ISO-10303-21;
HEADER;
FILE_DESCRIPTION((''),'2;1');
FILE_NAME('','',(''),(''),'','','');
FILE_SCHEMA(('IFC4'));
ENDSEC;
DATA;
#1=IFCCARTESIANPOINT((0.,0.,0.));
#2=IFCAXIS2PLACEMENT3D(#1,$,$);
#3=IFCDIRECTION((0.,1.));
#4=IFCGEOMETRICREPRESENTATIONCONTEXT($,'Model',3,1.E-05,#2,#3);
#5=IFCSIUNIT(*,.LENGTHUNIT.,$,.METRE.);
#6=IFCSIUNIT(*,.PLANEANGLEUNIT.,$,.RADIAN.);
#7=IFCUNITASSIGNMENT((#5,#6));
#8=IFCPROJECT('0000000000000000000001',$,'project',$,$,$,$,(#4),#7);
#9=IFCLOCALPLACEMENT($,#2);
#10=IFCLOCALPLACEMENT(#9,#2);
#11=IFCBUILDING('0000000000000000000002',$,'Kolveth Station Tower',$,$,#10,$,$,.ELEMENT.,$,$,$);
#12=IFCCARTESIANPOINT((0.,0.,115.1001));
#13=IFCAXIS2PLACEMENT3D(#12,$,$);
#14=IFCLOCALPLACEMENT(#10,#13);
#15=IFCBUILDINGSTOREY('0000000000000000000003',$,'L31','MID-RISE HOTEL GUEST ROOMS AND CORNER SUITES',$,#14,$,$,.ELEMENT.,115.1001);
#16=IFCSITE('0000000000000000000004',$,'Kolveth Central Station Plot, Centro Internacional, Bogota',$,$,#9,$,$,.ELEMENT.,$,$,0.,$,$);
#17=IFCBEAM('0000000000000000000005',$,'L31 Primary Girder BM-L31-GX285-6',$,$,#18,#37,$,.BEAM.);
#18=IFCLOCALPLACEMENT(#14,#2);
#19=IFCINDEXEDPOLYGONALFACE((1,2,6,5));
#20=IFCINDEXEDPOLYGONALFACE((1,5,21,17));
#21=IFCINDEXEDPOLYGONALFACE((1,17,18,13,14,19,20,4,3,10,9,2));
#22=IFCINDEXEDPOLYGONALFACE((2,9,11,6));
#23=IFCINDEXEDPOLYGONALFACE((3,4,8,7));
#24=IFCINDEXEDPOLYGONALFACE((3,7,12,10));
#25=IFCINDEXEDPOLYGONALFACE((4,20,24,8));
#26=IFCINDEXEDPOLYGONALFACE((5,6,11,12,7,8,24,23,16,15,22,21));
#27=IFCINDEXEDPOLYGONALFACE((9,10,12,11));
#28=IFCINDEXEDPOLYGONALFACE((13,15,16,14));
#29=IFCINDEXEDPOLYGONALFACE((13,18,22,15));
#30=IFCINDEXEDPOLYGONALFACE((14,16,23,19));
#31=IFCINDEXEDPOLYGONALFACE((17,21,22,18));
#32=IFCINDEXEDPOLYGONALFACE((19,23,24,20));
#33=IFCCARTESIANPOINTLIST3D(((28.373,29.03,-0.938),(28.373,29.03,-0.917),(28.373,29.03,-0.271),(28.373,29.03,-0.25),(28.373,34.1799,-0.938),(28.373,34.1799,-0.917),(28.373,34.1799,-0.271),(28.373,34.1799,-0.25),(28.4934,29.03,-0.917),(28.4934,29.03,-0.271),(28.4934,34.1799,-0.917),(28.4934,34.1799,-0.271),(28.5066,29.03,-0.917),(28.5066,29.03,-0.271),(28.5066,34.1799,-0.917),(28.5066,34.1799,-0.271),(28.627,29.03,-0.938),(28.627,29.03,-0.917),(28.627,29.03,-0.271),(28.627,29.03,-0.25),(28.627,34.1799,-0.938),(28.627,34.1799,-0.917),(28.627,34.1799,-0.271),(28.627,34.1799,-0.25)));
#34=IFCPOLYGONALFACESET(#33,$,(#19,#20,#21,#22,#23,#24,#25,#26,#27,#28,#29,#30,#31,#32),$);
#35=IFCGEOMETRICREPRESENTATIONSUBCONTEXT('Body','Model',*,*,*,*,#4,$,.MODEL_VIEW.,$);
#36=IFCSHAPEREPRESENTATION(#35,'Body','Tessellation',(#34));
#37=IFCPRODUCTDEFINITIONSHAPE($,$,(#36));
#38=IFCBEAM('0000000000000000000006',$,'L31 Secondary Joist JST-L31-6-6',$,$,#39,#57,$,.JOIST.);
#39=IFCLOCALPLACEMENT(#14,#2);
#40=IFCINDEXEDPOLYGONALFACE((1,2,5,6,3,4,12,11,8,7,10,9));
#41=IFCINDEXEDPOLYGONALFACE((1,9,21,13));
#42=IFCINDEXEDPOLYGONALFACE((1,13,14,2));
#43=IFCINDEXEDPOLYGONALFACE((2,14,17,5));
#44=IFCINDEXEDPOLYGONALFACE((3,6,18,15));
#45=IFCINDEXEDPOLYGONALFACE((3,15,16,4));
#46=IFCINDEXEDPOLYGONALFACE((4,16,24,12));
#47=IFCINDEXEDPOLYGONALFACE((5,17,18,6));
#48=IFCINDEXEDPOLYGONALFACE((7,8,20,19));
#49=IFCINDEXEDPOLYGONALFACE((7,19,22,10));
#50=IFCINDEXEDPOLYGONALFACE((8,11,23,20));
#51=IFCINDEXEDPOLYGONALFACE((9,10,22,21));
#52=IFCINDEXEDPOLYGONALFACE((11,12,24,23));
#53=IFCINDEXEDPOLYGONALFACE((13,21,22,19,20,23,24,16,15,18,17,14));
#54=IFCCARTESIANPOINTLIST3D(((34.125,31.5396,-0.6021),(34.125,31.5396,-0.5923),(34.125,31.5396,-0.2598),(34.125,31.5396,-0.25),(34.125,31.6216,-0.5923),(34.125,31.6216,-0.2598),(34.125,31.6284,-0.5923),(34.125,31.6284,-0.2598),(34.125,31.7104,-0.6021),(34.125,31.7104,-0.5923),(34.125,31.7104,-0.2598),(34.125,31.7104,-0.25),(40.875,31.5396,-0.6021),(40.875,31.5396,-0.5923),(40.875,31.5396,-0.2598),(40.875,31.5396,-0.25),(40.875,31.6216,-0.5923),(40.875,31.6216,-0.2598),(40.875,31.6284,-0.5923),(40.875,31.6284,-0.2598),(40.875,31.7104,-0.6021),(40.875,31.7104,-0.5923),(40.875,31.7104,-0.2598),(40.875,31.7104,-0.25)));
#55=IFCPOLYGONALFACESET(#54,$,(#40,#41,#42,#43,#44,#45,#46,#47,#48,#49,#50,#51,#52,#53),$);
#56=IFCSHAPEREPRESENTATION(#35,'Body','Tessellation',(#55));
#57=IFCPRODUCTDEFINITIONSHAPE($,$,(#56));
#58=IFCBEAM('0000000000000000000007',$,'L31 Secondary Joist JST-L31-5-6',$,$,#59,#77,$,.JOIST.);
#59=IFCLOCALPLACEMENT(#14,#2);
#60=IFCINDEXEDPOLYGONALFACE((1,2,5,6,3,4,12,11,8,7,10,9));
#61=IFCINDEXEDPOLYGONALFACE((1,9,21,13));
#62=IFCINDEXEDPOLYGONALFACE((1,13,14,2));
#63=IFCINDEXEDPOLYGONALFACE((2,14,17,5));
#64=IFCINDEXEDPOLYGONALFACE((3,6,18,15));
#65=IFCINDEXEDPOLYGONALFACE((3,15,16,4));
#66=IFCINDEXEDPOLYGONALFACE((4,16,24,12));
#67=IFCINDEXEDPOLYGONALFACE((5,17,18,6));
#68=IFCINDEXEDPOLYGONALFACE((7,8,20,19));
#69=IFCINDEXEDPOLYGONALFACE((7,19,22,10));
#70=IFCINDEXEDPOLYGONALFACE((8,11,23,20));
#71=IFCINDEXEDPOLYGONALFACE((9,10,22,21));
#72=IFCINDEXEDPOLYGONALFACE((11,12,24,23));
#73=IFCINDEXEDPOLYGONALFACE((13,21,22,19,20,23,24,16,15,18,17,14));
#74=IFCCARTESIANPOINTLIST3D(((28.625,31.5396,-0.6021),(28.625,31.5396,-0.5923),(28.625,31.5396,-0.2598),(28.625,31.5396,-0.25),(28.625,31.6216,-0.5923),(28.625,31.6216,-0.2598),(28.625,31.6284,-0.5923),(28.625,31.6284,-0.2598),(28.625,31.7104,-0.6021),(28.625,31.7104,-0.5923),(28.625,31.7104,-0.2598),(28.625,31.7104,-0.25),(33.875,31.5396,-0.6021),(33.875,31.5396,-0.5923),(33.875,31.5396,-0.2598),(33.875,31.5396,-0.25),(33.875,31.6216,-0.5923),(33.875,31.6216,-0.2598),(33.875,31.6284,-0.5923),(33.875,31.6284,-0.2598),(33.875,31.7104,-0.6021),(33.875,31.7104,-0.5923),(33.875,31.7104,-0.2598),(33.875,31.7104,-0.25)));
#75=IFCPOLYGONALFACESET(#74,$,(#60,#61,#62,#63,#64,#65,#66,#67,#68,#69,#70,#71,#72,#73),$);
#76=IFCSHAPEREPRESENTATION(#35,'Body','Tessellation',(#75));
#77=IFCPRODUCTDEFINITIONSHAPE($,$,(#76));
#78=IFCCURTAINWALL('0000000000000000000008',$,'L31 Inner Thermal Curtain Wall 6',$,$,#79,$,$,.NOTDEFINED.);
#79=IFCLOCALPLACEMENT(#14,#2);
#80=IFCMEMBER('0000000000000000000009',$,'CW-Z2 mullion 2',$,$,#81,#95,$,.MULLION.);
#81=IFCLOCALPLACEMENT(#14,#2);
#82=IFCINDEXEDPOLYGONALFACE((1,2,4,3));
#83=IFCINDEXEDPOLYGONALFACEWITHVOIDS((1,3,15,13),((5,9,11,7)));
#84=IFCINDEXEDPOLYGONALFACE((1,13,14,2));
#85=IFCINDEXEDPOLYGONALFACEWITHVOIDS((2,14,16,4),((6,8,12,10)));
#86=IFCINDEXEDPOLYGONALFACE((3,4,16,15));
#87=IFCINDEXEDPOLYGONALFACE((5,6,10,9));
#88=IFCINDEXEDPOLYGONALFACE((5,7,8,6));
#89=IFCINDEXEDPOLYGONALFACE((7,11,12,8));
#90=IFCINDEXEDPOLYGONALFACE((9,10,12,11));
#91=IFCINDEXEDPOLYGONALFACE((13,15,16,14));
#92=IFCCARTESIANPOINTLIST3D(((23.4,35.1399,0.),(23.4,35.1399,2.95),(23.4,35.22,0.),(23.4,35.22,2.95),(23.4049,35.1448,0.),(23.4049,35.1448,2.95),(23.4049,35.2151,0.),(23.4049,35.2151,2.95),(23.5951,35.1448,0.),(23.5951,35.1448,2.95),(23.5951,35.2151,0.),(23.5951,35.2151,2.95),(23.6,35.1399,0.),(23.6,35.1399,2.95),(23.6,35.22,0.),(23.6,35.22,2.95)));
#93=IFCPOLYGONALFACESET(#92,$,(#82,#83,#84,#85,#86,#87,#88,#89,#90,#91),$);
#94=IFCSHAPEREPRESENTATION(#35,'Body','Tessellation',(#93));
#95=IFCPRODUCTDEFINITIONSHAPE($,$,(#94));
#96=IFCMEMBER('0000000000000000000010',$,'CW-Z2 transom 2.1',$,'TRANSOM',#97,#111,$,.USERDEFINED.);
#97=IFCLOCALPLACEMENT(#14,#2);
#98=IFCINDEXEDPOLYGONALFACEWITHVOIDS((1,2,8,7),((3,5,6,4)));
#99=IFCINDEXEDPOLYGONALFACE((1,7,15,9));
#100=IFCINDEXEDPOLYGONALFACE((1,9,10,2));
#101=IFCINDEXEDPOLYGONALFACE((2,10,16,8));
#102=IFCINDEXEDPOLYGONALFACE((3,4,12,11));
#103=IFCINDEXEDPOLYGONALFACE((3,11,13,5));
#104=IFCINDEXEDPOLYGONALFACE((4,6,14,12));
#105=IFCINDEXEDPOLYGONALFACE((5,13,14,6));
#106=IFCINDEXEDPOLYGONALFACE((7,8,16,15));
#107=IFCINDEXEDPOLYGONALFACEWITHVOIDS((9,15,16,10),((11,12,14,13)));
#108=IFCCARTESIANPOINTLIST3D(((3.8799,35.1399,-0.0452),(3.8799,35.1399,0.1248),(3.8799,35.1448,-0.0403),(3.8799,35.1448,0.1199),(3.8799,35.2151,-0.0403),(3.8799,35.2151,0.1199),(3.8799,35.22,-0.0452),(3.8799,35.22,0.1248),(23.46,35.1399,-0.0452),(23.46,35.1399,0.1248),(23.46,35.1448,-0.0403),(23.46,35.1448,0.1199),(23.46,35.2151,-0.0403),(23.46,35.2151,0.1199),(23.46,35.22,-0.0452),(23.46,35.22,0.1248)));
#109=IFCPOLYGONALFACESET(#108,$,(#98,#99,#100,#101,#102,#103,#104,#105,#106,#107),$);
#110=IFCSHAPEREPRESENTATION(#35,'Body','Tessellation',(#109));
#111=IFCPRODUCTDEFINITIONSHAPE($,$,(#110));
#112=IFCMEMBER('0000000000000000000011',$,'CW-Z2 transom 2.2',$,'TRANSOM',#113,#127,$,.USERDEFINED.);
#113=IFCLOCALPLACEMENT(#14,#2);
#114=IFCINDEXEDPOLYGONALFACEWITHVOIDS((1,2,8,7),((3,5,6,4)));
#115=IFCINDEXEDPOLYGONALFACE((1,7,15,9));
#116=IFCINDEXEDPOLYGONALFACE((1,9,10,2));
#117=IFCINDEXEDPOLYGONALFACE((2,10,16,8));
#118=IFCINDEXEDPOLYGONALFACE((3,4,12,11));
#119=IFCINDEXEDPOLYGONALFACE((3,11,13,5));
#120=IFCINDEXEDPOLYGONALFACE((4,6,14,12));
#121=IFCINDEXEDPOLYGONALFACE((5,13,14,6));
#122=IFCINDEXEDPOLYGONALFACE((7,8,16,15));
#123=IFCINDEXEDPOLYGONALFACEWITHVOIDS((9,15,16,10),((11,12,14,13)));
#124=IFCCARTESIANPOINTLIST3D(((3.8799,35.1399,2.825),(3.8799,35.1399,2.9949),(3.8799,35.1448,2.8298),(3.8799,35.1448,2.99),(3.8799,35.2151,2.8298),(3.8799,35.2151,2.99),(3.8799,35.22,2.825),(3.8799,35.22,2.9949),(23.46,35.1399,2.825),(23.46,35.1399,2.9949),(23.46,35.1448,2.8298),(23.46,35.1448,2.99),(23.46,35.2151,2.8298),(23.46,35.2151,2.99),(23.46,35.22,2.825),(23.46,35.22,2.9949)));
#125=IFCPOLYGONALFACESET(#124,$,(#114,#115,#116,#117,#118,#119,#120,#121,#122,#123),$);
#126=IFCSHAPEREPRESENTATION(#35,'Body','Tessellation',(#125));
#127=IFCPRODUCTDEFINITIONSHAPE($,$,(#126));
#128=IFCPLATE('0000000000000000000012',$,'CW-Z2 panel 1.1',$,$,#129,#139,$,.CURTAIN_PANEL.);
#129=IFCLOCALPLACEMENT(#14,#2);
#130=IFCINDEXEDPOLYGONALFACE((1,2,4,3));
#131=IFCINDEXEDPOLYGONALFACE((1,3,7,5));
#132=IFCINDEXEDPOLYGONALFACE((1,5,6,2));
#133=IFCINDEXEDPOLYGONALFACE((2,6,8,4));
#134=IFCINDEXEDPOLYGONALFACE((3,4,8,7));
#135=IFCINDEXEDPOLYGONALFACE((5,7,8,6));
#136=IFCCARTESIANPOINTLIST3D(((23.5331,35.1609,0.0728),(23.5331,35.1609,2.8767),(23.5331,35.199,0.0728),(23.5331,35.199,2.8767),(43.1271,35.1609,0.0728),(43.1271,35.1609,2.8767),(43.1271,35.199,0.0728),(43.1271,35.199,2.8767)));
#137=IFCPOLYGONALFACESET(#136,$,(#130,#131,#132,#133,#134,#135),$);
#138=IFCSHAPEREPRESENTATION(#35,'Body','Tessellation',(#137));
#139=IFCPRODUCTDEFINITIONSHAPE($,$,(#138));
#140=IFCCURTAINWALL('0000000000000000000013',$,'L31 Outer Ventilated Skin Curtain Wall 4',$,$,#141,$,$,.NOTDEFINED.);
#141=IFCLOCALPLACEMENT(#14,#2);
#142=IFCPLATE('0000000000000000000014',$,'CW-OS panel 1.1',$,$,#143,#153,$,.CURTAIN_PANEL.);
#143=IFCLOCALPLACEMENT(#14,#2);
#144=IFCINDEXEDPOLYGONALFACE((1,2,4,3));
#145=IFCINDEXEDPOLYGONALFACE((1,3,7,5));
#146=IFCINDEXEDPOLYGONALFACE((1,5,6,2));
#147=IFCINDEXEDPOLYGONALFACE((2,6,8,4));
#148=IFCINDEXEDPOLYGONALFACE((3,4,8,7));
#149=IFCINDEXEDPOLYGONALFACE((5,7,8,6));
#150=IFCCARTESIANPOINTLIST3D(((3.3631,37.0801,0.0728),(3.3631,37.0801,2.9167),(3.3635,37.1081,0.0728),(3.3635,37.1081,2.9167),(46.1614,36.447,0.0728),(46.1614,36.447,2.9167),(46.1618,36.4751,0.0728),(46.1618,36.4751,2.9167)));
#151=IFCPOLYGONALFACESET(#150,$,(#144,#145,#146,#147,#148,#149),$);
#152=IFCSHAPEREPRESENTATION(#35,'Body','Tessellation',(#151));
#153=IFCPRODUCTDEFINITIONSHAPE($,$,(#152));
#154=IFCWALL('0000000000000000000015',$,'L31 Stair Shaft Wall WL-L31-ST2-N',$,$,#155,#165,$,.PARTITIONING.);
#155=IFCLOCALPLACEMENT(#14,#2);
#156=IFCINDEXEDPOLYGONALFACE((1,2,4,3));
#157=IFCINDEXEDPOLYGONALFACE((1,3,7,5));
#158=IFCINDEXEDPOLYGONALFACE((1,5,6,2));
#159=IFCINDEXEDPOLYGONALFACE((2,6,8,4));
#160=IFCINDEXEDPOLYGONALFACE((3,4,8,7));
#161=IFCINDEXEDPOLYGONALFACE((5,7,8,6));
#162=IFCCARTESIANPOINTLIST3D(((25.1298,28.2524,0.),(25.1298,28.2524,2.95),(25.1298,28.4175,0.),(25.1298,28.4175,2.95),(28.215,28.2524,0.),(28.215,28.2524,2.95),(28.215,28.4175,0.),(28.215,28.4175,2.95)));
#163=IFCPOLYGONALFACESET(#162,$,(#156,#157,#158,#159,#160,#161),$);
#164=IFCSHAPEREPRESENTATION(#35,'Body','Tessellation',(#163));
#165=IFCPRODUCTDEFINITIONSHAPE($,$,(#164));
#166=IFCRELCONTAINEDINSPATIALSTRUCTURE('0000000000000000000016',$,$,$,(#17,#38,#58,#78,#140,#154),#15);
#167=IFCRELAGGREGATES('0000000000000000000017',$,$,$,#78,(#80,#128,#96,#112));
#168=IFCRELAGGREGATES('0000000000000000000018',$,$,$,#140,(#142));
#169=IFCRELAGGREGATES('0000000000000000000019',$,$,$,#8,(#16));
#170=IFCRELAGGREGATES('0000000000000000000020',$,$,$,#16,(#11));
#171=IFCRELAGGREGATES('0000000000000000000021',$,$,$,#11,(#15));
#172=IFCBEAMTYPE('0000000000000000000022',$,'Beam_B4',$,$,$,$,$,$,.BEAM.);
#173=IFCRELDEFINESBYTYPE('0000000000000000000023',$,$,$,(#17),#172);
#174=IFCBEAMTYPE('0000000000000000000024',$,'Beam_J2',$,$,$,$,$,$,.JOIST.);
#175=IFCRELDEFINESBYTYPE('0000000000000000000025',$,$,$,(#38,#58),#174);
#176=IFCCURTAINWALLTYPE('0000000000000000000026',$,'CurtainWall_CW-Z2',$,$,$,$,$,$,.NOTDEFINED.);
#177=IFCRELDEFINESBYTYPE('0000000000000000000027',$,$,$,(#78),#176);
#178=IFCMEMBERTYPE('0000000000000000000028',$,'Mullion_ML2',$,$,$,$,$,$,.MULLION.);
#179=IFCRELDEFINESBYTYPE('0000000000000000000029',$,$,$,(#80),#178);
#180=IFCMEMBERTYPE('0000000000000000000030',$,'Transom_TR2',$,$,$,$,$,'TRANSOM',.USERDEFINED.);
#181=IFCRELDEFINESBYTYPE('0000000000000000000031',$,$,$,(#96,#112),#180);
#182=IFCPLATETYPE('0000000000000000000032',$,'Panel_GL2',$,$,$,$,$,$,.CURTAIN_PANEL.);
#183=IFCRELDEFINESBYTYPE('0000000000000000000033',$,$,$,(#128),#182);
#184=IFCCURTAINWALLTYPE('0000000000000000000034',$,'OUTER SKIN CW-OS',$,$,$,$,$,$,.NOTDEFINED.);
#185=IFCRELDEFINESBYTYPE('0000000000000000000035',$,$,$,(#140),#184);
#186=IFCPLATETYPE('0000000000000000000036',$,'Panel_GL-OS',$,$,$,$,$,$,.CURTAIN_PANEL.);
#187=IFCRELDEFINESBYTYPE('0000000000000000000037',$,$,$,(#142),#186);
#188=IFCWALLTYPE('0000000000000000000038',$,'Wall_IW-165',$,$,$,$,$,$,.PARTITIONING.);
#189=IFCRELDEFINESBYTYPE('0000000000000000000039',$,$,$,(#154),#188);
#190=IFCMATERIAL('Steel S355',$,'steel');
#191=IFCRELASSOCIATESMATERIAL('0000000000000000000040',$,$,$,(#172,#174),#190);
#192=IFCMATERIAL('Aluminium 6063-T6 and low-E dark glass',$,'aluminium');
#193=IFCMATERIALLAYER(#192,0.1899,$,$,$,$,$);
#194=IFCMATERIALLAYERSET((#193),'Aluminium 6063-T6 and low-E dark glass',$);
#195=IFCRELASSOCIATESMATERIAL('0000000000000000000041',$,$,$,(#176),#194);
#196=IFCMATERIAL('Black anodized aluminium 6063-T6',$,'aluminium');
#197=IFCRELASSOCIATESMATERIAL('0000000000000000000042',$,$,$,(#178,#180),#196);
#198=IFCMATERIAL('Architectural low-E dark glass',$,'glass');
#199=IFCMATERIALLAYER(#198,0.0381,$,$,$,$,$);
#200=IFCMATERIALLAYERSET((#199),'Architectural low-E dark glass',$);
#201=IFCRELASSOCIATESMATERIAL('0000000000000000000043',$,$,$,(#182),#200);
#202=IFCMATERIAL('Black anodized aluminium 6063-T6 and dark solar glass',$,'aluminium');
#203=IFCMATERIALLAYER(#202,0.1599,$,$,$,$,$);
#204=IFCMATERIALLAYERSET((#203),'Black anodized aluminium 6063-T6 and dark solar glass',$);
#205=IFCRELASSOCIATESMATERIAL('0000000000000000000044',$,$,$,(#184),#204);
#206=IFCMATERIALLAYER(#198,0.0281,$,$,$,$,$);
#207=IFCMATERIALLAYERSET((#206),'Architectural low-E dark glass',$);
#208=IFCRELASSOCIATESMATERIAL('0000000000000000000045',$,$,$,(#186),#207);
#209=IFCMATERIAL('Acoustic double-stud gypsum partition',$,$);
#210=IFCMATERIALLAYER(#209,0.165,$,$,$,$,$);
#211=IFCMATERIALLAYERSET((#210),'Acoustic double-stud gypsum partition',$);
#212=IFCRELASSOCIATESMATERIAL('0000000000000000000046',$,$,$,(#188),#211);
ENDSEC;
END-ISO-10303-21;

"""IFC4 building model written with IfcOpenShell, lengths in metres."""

from ifc_helpers import new_model, si_unit, direction, frame, frame_2d, origin, origin_2d, place, context, subcontext, project, spatial, rectangle, hollow_rectangle, i_section, extrude, source, transform, mapped, material, layer, layer_set, material_profile, profile_set, type_object, element, aggregate, save


model = new_model("IFC4")

# Units and contexts
model_context = context("Model", 3, precision=1e-05, world=origin(), true_north=direction((0.0, 1.0)))
body_context = subcontext(model_context, "Body", "Model", "MODEL_VIEW")
ifc_project = project(units=[si_unit("LENGTHUNIT", "METRE"), si_unit("PLANEANGLEUNIT", "RADIAN")], contexts=[model_context])

# Site, building, storey
site_placement = place(None, origin())
site = spatial("IfcSite", under=ifc_project, at=site_placement, Name="Kolveth Central Station Plot, Centro Internacional, Bogota", CompositionType="ELEMENT", RefElevation=0.0)
building_placement = place(site_placement, origin())
building = spatial("IfcBuilding", under=site, at=building_placement, Name="Kolveth Station Tower", CompositionType="ELEMENT")
storey_placement = place(building_placement, frame((0.0, 0.0, 115.1001)))
storey = spatial("IfcBuildingStorey", under=building, at=storey_placement, Name="L31", Description="MID-RISE HOTEL GUEST ROOMS AND CORNER SUITES", CompositionType="ELEMENT", Elevation=115.1001)

# Shared definitions
ifc_material_1 = material(Name="Steel S355", Category="steel")

# Beams
ifc_material_profile_1 = material_profile(ifc_material_1, i_section(OverallWidth=0.2539, OverallDepth=0.688, WebThickness=0.0132, FlangeThickness=0.021, at=origin_2d()), Name="W690x152")
ifc_profile_set_1 = profile_set([ifc_material_profile_1], Name="Steel S355")
beam_type_1 = type_object("IfcBeamType", Name="Beam_B4", PredefinedType="BEAM", material=ifc_profile_set_1)
shared_shape_1 = source(origin(), body_context, "Body", "SweptSolid", [
    extrude(i_section(OverallWidth=0.2539, OverallDepth=0.688, WebThickness=0.0132, FlangeThickness=0.021, at=origin_2d()), origin(), (0.0, 0.0, 1.0), 5.1499),
])
beam_1_placement = place(storey_placement, frame((28.5, 29.03, -0.594), z_axis=(0.0, 1.0, 0.0), x_axis=(-1.0, 0.0, 0.0)))
element("IfcBeam", 1, at=beam_1_placement, inside=storey, type_object=beam_type_1, Name="L31 Primary Girder BM-L31-GX285-6", PredefinedType="BEAM", context=body_context, shape_type="MappedRepresentation", body=[
    mapped(shared_shape_1, transform((0.0, 0.0, 0.0), x_axis=(1.0, 0.0, 0.0), y_axis=(0.0, 1.0, 0.0), z_axis=(0.0, 0.0, 1.0), scale=1.0)),
])
ifc_material_profile_2 = material_profile(ifc_material_1, i_section(OverallWidth=0.1709, OverallDepth=0.3521, WebThickness=0.0068, FlangeThickness=0.0098, at=origin_2d()), Name="W360x44")
ifc_profile_set_2 = profile_set([ifc_material_profile_2], Name="Steel S355")
beam_type_2 = type_object("IfcBeamType", Name="Beam_J2", PredefinedType="JOIST", material=ifc_profile_set_2)
shared_shape_2 = source(origin(), body_context, "Body", "SweptSolid", [
    extrude(i_section(OverallWidth=0.1709, OverallDepth=0.3521, WebThickness=0.0068, FlangeThickness=0.0098, at=origin_2d()), origin(), (0.0, 0.0, 1.0), 6.75),
])
beam_2_placement = place(storey_placement, frame((34.125, 31.625, -0.426), z_axis=(1.0, 0.0, 0.0), x_axis=(0.0, 1.0, 0.0)))
element("IfcBeam", 2, at=beam_2_placement, inside=storey, type_object=beam_type_2, Name="L31 Secondary Joist JST-L31-6-6", PredefinedType="JOIST", context=body_context, shape_type="MappedRepresentation", body=[
    mapped(shared_shape_2, transform((0.0, 0.0, 0.0), x_axis=(1.0, 0.0, 0.0), y_axis=(0.0, 1.0, 0.0), z_axis=(0.0, 0.0, 1.0), scale=1.0)),
])
shared_shape_3 = source(origin(), body_context, "Body", "SweptSolid", [
    extrude(i_section(OverallWidth=0.1709, OverallDepth=0.3521, WebThickness=0.0068, FlangeThickness=0.0098, at=origin_2d()), origin(), (0.0, 0.0, 1.0), 5.25),
])
beam_3_placement = place(storey_placement, frame((28.625, 31.625, -0.426), z_axis=(1.0, 0.0, 0.0), x_axis=(0.0, 1.0, 0.0)))
element("IfcBeam", 3, at=beam_3_placement, inside=storey, type_object=beam_type_2, Name="L31 Secondary Joist JST-L31-5-6", PredefinedType="JOIST", context=body_context, shape_type="MappedRepresentation", body=[
    mapped(shared_shape_3, transform((0.0, 0.0, 0.0), x_axis=(1.0, 0.0, 0.0), y_axis=(0.0, 1.0, 0.0), z_axis=(0.0, 0.0, 1.0), scale=1.0)),
])

# Curtain wall, members, plate
ifc_material_2 = material(Name="Aluminium 6063-T6 and low-E dark glass", Category="aluminium")
ifc_layer_1 = layer(ifc_material_2, 0.1899)
ifc_layer_set_1 = layer_set([ifc_layer_1], Name="Aluminium 6063-T6 and low-E dark glass")
curtain_wall_type_1 = type_object("IfcCurtainWallType", Name="CurtainWall_CW-Z2", PredefinedType="NOTDEFINED", material=ifc_layer_set_1)
curtain_wall_1_placement = place(storey_placement, origin())
curtain_wall_1 = element("IfcCurtainWall", 4, at=curtain_wall_1_placement, inside=storey, type_object=curtain_wall_type_1, Name="L31 Inner Thermal Curtain Wall 6", PredefinedType="NOTDEFINED")
ifc_material_3 = material(Name="Black anodized aluminium 6063-T6", Category="aluminium")
ifc_material_profile_3 = material_profile(ifc_material_3, hollow_rectangle(XDim=0.0801, YDim=0.2, WallThickness=0.0049, at=origin_2d()), Name="ALU-80x200x5")
ifc_profile_set_3 = profile_set([ifc_material_profile_3], Name="Black anodized aluminium 6063-T6")
member_type_1 = type_object("IfcMemberType", Name="Mullion_ML2", PredefinedType="MULLION", material=ifc_profile_set_3)
shared_shape_4 = source(origin(), body_context, "Body", "SweptSolid", [
    extrude(hollow_rectangle(XDim=0.0801, YDim=0.2, WallThickness=0.0049, at=origin_2d()), origin(), (0.0, 0.0, 1.0), 2.95),
])
member_1_placement = place(storey_placement, frame((23.5, 35.1799, 0.0), z_axis=(0.0, 0.0, 1.0), x_axis=(0.0, -1.0, 0.0)))
member_1 = element("IfcMember", 5, at=member_1_placement, type_object=member_type_1, Name="CW-Z2 mullion 2", PredefinedType="MULLION", context=body_context, shape_type="MappedRepresentation", body=[
    mapped(shared_shape_4, transform((0.0, 0.0, 0.0), x_axis=(1.0, 0.0, 0.0), y_axis=(0.0, 1.0, 0.0), z_axis=(0.0, 0.0, 1.0), scale=1.0)),
])
ifc_material_profile_4 = material_profile(ifc_material_3, hollow_rectangle(XDim=0.0801, YDim=0.1699, WallThickness=0.0049, at=origin_2d()), Name="ALU-80x170x5")
ifc_profile_set_4 = profile_set([ifc_material_profile_4], Name="Black anodized aluminium 6063-T6")
member_type_2 = type_object("IfcMemberType", Name="Transom_TR2", ElementType="TRANSOM", PredefinedType="USERDEFINED", material=ifc_profile_set_4)
shared_shape_5 = source(origin(), body_context, "Body", "SweptSolid", [
    extrude(hollow_rectangle(XDim=0.0801, YDim=0.1699, WallThickness=0.0049, at=origin_2d()), origin(), (0.0, 0.0, 1.0), 19.5801),
])
member_2_placement = place(storey_placement, frame((23.46, 35.1799, 0.0398), z_axis=(-1.0, 0.0, 0.0), x_axis=(0.0, -1.0, 0.0)))
member_2 = element("IfcMember", 6, at=member_2_placement, type_object=member_type_2, Name="CW-Z2 transom 2.1", ObjectType="TRANSOM", PredefinedType="USERDEFINED", context=body_context, shape_type="MappedRepresentation", body=[
    mapped(shared_shape_5, transform((0.0, 0.0, 0.0), x_axis=(1.0, 0.0, 0.0), y_axis=(0.0, 1.0, 0.0), z_axis=(0.0, 0.0, 1.0), scale=1.0)),
])
member_3_placement = place(storey_placement, frame((23.46, 35.1799, 2.9099), z_axis=(-1.0, 0.0, 0.0), x_axis=(0.0, -1.0, 0.0)))
member_3 = element("IfcMember", 7, at=member_3_placement, type_object=member_type_2, Name="CW-Z2 transom 2.2", ObjectType="TRANSOM", PredefinedType="USERDEFINED", context=body_context, shape_type="MappedRepresentation", body=[
    mapped(shared_shape_5, transform((0.0, 0.0, 0.0), x_axis=(1.0, 0.0, 0.0), y_axis=(0.0, 1.0, 0.0), z_axis=(0.0, 0.0, 1.0), scale=1.0)),
])
ifc_material_4 = material(Name="Architectural low-E dark glass", Category="glass")
ifc_layer_2 = layer(ifc_material_4, 0.0381)
ifc_layer_set_2 = layer_set([ifc_layer_2], Name="Architectural low-E dark glass")
plate_type_1 = type_object("IfcPlateType", Name="Panel_GL2", PredefinedType="CURTAIN_PANEL", material=ifc_layer_set_2)
shared_shape_6 = source(origin(), body_context, "Body", "SweptSolid", [
    extrude(rectangle(XDim=19.594, YDim=0.0381, at=origin_2d()), origin(), (0.0, 0.0, 1.0), 2.804),
])
plate_1_placement = place(storey_placement, frame((33.3301, 35.1799, 0.0728), z_axis=(0.0, 0.0, 1.0), x_axis=(-1.0, 0.0, 0.0)))
plate_1 = element("IfcPlate", 8, at=plate_1_placement, type_object=plate_type_1, Name="CW-Z2 panel 1.1", PredefinedType="CURTAIN_PANEL", context=body_context, shape_type="MappedRepresentation", body=[
    mapped(shared_shape_6, transform((0.0, 0.0, 0.0), x_axis=(1.0, 0.0, 0.0), y_axis=(0.0, 1.0, 0.0), z_axis=(0.0, 0.0, 1.0), scale=1.0)),
])
aggregate(curtain_wall_1, [member_1, plate_1, member_2, member_3])

# Curtain wall, plate
ifc_material_5 = material(Name="Black anodized aluminium 6063-T6 and dark solar glass", Category="aluminium")
ifc_layer_3 = layer(ifc_material_5, 0.1599)
ifc_layer_set_3 = layer_set([ifc_layer_3], Name="Black anodized aluminium 6063-T6 and dark solar glass")
curtain_wall_type_2 = type_object("IfcCurtainWallType", Name="OUTER SKIN CW-OS", PredefinedType="NOTDEFINED", material=ifc_layer_set_3)
curtain_wall_2_placement = place(storey_placement, origin())
curtain_wall_2 = element("IfcCurtainWall", 9, at=curtain_wall_2_placement, inside=storey, type_object=curtain_wall_type_2, Name="L31 Outer Ventilated Skin Curtain Wall 4", PredefinedType="NOTDEFINED")
ifc_layer_4 = layer(ifc_material_4, 0.0281)
ifc_layer_set_4 = layer_set([ifc_layer_4], Name="Architectural low-E dark glass")
plate_type_2 = type_object("IfcPlateType", Name="Panel_GL-OS", PredefinedType="CURTAIN_PANEL", material=ifc_layer_set_4)
shared_shape_7 = source(origin(), body_context, "Body", "SweptSolid", [
    extrude(rectangle(XDim=42.803, YDim=0.0281, at=origin_2d()), origin(), (0.0, 0.0, 1.0), 2.844),
])
plate_2_placement = place(storey_placement, frame((24.7625, 36.7776, 0.0728), z_axis=(0.0, 0.0, 1.0), x_axis=(-0.999891, 0.01479, 0.0)))
plate_2 = element("IfcPlate", 10, at=plate_2_placement, type_object=plate_type_2, Name="CW-OS panel 1.1", PredefinedType="CURTAIN_PANEL", context=body_context, shape_type="MappedRepresentation", body=[
    mapped(shared_shape_7, transform((0.0, 0.0, 0.0), x_axis=(1.0, 0.0, 0.0), y_axis=(0.0, 1.0, 0.0), z_axis=(0.0, 0.0, 1.0), scale=1.0)),
])
aggregate(curtain_wall_2, [plate_2])

# Wall
ifc_material_6 = material(Name="Acoustic double-stud gypsum partition")
ifc_layer_5 = layer(ifc_material_6, 0.165)
ifc_layer_set_5 = layer_set([ifc_layer_5], Name="Acoustic double-stud gypsum partition")
wall_type = type_object("IfcWallType", Name="Wall_IW-165", PredefinedType="PARTITIONING", material=ifc_layer_set_5)
wall_1_placement = place(storey_placement, frame((25.1299, 28.335, 0.0), z_axis=(0.0, 0.0, 1.0), x_axis=(1.0, 0.0, 0.0)))
element("IfcWall", 11, at=wall_1_placement, inside=storey, type_object=wall_type, Name="L31 Stair Shaft Wall WL-L31-ST2-N", PredefinedType="PARTITIONING", context=body_context, shape_type="SweptSolid", body=[
    extrude(rectangle(XDim=3.0852, YDim=0.165, at=frame_2d((1.5425, 0.0))), origin(), (0.0, 0.0, 1.0), 2.95),
])

save(model, "model.ifc")
